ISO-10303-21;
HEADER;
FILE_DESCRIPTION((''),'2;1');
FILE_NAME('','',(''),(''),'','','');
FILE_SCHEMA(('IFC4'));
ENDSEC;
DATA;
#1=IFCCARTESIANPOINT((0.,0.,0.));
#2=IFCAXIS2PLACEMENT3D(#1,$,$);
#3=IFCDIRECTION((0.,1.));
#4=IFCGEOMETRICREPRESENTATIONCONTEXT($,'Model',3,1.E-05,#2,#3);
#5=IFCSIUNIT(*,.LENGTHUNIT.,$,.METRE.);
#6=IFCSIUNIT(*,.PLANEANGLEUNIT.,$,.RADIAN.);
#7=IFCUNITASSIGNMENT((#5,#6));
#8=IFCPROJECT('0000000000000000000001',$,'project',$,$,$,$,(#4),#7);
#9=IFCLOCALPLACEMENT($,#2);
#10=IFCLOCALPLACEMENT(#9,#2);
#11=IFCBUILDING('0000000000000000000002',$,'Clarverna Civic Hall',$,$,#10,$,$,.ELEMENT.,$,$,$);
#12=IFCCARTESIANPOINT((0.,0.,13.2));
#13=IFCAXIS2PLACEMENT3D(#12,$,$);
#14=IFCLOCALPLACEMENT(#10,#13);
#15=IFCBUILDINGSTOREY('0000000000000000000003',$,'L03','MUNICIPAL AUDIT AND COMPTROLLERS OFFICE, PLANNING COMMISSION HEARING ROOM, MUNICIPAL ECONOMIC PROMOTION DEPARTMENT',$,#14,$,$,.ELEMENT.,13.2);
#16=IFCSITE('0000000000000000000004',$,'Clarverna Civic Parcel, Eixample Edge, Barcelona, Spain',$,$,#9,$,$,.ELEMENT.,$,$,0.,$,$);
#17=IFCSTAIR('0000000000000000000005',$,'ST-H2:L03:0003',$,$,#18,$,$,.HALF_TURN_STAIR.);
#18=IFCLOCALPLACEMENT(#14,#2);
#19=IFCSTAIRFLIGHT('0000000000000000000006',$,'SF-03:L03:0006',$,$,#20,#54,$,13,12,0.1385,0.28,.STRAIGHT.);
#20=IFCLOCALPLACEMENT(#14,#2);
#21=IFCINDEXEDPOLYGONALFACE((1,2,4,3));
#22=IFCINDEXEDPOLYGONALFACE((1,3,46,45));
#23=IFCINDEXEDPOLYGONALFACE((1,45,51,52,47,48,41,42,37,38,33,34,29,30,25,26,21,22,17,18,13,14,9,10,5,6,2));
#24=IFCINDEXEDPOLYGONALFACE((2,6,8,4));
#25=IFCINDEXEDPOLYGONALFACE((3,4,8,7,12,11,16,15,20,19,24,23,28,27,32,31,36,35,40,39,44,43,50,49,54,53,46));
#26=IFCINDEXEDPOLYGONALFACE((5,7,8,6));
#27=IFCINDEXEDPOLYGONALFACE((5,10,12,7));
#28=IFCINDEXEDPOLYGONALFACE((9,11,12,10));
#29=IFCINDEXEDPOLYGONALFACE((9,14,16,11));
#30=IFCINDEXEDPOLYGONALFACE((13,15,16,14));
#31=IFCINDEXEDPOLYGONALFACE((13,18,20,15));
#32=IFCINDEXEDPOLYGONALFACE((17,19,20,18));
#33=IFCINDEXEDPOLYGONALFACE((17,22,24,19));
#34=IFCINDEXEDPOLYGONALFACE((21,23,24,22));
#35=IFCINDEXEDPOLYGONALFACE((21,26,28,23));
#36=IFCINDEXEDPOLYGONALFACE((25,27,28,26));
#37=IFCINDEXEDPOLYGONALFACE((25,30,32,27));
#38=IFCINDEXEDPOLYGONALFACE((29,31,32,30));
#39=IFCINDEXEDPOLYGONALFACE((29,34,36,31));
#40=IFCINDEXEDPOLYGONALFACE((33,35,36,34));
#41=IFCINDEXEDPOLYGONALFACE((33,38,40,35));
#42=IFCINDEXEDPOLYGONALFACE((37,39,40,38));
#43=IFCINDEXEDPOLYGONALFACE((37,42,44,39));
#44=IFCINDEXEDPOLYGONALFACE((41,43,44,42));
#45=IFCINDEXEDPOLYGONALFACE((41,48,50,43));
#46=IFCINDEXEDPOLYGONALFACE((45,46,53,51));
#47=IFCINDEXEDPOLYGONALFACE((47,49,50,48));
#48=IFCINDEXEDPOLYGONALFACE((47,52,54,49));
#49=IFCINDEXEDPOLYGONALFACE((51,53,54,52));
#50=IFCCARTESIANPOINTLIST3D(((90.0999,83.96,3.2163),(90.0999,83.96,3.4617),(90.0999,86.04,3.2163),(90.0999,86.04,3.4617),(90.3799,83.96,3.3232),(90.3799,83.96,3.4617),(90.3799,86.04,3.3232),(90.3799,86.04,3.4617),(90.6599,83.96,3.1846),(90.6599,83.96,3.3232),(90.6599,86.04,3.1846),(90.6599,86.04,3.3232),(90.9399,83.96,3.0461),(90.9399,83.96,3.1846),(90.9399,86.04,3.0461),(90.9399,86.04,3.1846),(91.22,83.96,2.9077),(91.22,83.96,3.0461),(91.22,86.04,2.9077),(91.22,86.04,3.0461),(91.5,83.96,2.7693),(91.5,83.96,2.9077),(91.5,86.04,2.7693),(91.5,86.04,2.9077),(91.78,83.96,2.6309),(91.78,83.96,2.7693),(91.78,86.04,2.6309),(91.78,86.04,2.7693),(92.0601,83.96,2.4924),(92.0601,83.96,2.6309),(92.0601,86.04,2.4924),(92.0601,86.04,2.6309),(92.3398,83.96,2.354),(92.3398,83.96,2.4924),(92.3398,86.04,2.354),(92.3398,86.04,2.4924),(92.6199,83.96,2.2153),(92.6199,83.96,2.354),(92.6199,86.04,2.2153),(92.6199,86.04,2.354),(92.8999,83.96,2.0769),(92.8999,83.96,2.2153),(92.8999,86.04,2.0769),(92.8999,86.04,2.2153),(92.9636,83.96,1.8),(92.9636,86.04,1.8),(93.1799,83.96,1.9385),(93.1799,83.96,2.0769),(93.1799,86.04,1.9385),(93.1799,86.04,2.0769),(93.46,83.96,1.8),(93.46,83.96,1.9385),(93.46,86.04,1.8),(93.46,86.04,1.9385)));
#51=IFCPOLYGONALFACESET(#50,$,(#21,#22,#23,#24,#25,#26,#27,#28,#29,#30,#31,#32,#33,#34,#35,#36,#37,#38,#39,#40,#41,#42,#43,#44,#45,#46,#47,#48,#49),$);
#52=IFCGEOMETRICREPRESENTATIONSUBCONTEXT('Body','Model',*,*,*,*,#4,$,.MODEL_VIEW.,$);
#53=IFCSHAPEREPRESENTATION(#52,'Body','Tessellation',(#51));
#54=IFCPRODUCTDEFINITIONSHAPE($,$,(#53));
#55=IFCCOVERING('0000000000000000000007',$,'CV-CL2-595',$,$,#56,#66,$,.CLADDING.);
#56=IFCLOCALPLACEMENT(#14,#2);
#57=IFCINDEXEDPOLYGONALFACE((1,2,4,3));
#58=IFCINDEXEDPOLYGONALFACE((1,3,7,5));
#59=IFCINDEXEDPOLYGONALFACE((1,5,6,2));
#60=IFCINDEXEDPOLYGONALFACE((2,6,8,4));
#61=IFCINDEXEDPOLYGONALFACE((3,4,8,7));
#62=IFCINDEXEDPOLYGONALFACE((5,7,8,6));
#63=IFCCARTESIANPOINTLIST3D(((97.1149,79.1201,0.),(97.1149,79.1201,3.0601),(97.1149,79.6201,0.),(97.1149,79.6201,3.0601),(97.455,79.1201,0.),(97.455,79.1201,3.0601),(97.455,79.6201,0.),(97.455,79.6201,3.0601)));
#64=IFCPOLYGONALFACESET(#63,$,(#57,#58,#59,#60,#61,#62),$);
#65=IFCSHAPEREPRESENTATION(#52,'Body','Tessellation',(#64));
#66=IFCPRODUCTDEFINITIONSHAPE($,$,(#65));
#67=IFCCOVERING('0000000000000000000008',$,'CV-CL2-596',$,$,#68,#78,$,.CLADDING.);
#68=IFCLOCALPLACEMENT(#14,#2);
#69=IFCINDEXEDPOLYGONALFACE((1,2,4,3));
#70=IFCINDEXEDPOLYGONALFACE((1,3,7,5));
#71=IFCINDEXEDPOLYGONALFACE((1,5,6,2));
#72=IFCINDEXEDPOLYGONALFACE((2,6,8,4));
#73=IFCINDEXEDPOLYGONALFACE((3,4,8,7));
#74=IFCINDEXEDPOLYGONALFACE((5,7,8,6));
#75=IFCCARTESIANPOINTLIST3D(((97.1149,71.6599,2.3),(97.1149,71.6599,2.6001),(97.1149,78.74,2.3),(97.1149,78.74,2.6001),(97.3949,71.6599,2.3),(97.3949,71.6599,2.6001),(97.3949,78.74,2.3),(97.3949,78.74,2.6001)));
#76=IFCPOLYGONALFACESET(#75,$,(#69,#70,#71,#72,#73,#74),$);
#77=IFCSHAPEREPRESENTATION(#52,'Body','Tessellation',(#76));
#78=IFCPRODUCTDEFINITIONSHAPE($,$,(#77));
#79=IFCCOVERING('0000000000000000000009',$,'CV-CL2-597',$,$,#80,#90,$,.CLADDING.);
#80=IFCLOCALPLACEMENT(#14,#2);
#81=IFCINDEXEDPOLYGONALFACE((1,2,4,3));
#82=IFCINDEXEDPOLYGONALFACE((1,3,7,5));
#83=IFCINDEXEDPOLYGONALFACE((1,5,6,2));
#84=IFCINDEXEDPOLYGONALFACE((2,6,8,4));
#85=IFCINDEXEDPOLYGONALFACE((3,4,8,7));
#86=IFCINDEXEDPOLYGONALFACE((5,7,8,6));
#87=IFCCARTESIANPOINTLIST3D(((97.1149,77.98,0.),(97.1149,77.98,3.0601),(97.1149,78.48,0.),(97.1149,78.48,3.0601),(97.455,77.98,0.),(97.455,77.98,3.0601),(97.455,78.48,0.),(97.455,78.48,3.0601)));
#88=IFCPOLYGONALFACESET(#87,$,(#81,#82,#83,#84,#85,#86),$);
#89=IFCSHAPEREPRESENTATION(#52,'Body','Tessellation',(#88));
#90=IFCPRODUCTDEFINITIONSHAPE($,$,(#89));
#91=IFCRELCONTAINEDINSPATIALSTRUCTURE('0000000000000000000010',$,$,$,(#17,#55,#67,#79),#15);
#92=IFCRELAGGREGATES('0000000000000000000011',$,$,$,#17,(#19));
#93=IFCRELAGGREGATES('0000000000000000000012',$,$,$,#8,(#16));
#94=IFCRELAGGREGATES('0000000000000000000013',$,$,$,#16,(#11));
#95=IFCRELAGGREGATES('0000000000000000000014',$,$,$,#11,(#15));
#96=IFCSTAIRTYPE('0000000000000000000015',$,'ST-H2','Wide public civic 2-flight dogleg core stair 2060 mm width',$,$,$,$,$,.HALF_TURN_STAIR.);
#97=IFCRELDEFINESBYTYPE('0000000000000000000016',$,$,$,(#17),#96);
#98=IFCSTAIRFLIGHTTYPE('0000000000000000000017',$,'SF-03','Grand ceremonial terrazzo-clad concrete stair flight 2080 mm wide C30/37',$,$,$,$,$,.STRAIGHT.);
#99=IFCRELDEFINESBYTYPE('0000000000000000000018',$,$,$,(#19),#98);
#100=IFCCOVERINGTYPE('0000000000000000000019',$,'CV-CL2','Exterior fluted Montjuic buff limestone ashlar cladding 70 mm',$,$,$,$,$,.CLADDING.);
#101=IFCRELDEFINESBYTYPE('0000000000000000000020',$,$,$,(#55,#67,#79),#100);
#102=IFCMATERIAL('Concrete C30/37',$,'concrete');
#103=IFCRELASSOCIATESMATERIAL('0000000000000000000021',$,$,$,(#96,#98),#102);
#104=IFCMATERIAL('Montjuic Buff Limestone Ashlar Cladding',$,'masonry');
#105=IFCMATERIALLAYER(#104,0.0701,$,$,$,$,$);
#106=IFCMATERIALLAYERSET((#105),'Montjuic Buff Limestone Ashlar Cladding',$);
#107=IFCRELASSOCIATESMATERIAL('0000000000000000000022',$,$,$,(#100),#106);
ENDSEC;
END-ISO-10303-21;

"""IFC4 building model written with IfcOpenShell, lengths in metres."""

from ifc_helpers import new_model, si_unit, direction, frame, frame_2d, origin, place, context, subcontext, project, spatial, polyline, rectangle, outline, extrude, material, layer, layer_set, type_object, element, aggregate, save


model = new_model("IFC4")

# Units and contexts
model_context = context("Model", 3, precision=1e-05, world=origin(), true_north=direction((0.0, 1.0)))
body_context = subcontext(model_context, "Body", "Model", "MODEL_VIEW")
ifc_project = project(units=[si_unit("LENGTHUNIT", "METRE"), si_unit("PLANEANGLEUNIT", "RADIAN")], contexts=[model_context])

# Site, building, storey
site_placement = place(None, origin())
site = spatial("IfcSite", under=ifc_project, at=site_placement, Name="Clarverna Civic Parcel, Eixample Edge, Barcelona, Spain", CompositionType="ELEMENT", RefElevation=0.0)
building_placement = place(site_placement, origin())
building = spatial("IfcBuilding", under=site, at=building_placement, Name="Clarverna Civic Hall", CompositionType="ELEMENT")
storey_placement = place(building_placement, frame((0.0, 0.0, 13.2)))
storey = spatial("IfcBuildingStorey", under=building, at=storey_placement, Name="L03", Description="MUNICIPAL AUDIT AND COMPTROLLERS OFFICE, PLANNING COMMISSION HEARING ROOM, MUNICIPAL ECONOMIC PROMOTION DEPARTMENT", CompositionType="ELEMENT", Elevation=13.2)

# Stair, stair flight
ifc_material_1 = material(Name="Concrete C30/37", Category="concrete")
stair_type = type_object("IfcStairType", Name="ST-H2", Description="Wide public civic 2-flight dogleg core stair 2060 mm width", PredefinedType="HALF_TURN_STAIR", material=ifc_material_1)
stair_placement = place(storey_placement, origin())
stair = element("IfcStair", 1, at=stair_placement, inside=storey, type_object=stair_type, Name="ST-H2:L03:0003", PredefinedType="HALF_TURN_STAIR")
stair_flight_type = type_object("IfcStairFlightType", Name="SF-03", Description="Grand ceremonial terrazzo-clad concrete stair flight 2080 mm wide C30/37", PredefinedType="STRAIGHT", material=ifc_material_1)
stair_flight_1_placement = place(storey_placement, frame((93.46, 85.0, 1.8), z_axis=(0.0, 0.0, 1.0), x_axis=(-1.0, 0.0, 0.0)))
stair_flight_1 = element("IfcStairFlight", 2, at=stair_flight_1_placement, type_object=stair_flight_type, Name="SF-03:L03:0006", NumberOfRisers=13, NumberOfTreads=12, PredefinedType="STRAIGHT", RiserHeight=0.1385, TreadLength=0.28, context=body_context, shape_type="SweptSolid", body=[
    extrude(outline(polyline([(0.0, 0.0), (0.0, 0.1384), (0.28, 0.1384), (0.28, 0.2769), (0.5601, 0.2769), (0.5601, 0.4153), (0.8401, 0.4153), (0.8401, 0.554), (1.1201, 0.554), (1.1201, 0.6924), (1.3999, 0.6924), (1.3999, 0.8308), (1.6799, 0.8308), (1.6799, 0.9692), (1.96, 0.9692), (1.96, 1.1077), (2.24, 1.1077), (2.24, 1.2461), (2.52, 1.2461), (2.52, 1.3845), (2.8, 1.3845), (2.8, 1.5232), (3.0801, 1.5232), (3.0801, 1.6616), (3.3601, 1.6616), (3.3601, 1.8), (3.3601, 1.4163), (0.4963, 0.0), (0.0, 0.0)])), frame((0.0, 1.04, 0.0), z_axis=(0.0, -1.0, 0.0), x_axis=(1.0, 0.0, 0.0)), (0.0, 0.0, 1.0), 2.0801),
])
aggregate(stair, [stair_flight_1])

# Coverings
ifc_material_2 = material(Name="Montjuic Buff Limestone Ashlar Cladding", Category="masonry")
ifc_layer_1 = layer(ifc_material_2, 0.0701)
ifc_layer_set_1 = layer_set([ifc_layer_1], Name="Montjuic Buff Limestone Ashlar Cladding")
covering_type = type_object("IfcCoveringType", Name="CV-CL2", Description="Exterior fluted Montjuic buff limestone ashlar cladding 70 mm", PredefinedType="CLADDING", material=ifc_layer_set_1)
covering_1_placement = place(storey_placement, frame((97.2849, 79.6201, 0.0), z_axis=(0.0, 0.0, 1.0), x_axis=(0.0, -1.0, 0.0)))
element("IfcCovering", 3, at=covering_1_placement, inside=storey, type_object=covering_type, Name="CV-CL2-595", PredefinedType="CLADDING", context=body_context, shape_type="SweptSolid", body=[
    extrude(rectangle(XDim=0.5, YDim=0.3401, at=frame_2d((0.25, 0.0))), origin(), (0.0, 0.0, 1.0), 3.0601),
])
covering_2_placement = place(storey_placement, frame((97.2549, 78.74, 2.3), z_axis=(0.0, 0.0, 1.0), x_axis=(0.0, -1.0, 0.0)))
element("IfcCovering", 4, at=covering_2_placement, inside=storey, type_object=covering_type, Name="CV-CL2-596", PredefinedType="CLADDING", context=body_context, shape_type="SweptSolid", body=[
    extrude(rectangle(XDim=7.0801, YDim=0.28, at=frame_2d((3.54, 0.0))), origin(), (0.0, 0.0, 1.0), 0.3),
])
covering_3_placement = place(storey_placement, frame((97.2849, 78.48, 0.0), z_axis=(0.0, 0.0, 1.0), x_axis=(0.0, -1.0, 0.0)))
element("IfcCovering", 5, at=covering_3_placement, inside=storey, type_object=covering_type, Name="CV-CL2-597", PredefinedType="CLADDING", context=body_context, shape_type="SweptSolid", body=[
    extrude(rectangle(XDim=0.5, YDim=0.3401, at=frame_2d((0.25, 0.0))), origin(), (0.0, 0.0, 1.0), 3.0601),
])

save(model, "model.ifc")
